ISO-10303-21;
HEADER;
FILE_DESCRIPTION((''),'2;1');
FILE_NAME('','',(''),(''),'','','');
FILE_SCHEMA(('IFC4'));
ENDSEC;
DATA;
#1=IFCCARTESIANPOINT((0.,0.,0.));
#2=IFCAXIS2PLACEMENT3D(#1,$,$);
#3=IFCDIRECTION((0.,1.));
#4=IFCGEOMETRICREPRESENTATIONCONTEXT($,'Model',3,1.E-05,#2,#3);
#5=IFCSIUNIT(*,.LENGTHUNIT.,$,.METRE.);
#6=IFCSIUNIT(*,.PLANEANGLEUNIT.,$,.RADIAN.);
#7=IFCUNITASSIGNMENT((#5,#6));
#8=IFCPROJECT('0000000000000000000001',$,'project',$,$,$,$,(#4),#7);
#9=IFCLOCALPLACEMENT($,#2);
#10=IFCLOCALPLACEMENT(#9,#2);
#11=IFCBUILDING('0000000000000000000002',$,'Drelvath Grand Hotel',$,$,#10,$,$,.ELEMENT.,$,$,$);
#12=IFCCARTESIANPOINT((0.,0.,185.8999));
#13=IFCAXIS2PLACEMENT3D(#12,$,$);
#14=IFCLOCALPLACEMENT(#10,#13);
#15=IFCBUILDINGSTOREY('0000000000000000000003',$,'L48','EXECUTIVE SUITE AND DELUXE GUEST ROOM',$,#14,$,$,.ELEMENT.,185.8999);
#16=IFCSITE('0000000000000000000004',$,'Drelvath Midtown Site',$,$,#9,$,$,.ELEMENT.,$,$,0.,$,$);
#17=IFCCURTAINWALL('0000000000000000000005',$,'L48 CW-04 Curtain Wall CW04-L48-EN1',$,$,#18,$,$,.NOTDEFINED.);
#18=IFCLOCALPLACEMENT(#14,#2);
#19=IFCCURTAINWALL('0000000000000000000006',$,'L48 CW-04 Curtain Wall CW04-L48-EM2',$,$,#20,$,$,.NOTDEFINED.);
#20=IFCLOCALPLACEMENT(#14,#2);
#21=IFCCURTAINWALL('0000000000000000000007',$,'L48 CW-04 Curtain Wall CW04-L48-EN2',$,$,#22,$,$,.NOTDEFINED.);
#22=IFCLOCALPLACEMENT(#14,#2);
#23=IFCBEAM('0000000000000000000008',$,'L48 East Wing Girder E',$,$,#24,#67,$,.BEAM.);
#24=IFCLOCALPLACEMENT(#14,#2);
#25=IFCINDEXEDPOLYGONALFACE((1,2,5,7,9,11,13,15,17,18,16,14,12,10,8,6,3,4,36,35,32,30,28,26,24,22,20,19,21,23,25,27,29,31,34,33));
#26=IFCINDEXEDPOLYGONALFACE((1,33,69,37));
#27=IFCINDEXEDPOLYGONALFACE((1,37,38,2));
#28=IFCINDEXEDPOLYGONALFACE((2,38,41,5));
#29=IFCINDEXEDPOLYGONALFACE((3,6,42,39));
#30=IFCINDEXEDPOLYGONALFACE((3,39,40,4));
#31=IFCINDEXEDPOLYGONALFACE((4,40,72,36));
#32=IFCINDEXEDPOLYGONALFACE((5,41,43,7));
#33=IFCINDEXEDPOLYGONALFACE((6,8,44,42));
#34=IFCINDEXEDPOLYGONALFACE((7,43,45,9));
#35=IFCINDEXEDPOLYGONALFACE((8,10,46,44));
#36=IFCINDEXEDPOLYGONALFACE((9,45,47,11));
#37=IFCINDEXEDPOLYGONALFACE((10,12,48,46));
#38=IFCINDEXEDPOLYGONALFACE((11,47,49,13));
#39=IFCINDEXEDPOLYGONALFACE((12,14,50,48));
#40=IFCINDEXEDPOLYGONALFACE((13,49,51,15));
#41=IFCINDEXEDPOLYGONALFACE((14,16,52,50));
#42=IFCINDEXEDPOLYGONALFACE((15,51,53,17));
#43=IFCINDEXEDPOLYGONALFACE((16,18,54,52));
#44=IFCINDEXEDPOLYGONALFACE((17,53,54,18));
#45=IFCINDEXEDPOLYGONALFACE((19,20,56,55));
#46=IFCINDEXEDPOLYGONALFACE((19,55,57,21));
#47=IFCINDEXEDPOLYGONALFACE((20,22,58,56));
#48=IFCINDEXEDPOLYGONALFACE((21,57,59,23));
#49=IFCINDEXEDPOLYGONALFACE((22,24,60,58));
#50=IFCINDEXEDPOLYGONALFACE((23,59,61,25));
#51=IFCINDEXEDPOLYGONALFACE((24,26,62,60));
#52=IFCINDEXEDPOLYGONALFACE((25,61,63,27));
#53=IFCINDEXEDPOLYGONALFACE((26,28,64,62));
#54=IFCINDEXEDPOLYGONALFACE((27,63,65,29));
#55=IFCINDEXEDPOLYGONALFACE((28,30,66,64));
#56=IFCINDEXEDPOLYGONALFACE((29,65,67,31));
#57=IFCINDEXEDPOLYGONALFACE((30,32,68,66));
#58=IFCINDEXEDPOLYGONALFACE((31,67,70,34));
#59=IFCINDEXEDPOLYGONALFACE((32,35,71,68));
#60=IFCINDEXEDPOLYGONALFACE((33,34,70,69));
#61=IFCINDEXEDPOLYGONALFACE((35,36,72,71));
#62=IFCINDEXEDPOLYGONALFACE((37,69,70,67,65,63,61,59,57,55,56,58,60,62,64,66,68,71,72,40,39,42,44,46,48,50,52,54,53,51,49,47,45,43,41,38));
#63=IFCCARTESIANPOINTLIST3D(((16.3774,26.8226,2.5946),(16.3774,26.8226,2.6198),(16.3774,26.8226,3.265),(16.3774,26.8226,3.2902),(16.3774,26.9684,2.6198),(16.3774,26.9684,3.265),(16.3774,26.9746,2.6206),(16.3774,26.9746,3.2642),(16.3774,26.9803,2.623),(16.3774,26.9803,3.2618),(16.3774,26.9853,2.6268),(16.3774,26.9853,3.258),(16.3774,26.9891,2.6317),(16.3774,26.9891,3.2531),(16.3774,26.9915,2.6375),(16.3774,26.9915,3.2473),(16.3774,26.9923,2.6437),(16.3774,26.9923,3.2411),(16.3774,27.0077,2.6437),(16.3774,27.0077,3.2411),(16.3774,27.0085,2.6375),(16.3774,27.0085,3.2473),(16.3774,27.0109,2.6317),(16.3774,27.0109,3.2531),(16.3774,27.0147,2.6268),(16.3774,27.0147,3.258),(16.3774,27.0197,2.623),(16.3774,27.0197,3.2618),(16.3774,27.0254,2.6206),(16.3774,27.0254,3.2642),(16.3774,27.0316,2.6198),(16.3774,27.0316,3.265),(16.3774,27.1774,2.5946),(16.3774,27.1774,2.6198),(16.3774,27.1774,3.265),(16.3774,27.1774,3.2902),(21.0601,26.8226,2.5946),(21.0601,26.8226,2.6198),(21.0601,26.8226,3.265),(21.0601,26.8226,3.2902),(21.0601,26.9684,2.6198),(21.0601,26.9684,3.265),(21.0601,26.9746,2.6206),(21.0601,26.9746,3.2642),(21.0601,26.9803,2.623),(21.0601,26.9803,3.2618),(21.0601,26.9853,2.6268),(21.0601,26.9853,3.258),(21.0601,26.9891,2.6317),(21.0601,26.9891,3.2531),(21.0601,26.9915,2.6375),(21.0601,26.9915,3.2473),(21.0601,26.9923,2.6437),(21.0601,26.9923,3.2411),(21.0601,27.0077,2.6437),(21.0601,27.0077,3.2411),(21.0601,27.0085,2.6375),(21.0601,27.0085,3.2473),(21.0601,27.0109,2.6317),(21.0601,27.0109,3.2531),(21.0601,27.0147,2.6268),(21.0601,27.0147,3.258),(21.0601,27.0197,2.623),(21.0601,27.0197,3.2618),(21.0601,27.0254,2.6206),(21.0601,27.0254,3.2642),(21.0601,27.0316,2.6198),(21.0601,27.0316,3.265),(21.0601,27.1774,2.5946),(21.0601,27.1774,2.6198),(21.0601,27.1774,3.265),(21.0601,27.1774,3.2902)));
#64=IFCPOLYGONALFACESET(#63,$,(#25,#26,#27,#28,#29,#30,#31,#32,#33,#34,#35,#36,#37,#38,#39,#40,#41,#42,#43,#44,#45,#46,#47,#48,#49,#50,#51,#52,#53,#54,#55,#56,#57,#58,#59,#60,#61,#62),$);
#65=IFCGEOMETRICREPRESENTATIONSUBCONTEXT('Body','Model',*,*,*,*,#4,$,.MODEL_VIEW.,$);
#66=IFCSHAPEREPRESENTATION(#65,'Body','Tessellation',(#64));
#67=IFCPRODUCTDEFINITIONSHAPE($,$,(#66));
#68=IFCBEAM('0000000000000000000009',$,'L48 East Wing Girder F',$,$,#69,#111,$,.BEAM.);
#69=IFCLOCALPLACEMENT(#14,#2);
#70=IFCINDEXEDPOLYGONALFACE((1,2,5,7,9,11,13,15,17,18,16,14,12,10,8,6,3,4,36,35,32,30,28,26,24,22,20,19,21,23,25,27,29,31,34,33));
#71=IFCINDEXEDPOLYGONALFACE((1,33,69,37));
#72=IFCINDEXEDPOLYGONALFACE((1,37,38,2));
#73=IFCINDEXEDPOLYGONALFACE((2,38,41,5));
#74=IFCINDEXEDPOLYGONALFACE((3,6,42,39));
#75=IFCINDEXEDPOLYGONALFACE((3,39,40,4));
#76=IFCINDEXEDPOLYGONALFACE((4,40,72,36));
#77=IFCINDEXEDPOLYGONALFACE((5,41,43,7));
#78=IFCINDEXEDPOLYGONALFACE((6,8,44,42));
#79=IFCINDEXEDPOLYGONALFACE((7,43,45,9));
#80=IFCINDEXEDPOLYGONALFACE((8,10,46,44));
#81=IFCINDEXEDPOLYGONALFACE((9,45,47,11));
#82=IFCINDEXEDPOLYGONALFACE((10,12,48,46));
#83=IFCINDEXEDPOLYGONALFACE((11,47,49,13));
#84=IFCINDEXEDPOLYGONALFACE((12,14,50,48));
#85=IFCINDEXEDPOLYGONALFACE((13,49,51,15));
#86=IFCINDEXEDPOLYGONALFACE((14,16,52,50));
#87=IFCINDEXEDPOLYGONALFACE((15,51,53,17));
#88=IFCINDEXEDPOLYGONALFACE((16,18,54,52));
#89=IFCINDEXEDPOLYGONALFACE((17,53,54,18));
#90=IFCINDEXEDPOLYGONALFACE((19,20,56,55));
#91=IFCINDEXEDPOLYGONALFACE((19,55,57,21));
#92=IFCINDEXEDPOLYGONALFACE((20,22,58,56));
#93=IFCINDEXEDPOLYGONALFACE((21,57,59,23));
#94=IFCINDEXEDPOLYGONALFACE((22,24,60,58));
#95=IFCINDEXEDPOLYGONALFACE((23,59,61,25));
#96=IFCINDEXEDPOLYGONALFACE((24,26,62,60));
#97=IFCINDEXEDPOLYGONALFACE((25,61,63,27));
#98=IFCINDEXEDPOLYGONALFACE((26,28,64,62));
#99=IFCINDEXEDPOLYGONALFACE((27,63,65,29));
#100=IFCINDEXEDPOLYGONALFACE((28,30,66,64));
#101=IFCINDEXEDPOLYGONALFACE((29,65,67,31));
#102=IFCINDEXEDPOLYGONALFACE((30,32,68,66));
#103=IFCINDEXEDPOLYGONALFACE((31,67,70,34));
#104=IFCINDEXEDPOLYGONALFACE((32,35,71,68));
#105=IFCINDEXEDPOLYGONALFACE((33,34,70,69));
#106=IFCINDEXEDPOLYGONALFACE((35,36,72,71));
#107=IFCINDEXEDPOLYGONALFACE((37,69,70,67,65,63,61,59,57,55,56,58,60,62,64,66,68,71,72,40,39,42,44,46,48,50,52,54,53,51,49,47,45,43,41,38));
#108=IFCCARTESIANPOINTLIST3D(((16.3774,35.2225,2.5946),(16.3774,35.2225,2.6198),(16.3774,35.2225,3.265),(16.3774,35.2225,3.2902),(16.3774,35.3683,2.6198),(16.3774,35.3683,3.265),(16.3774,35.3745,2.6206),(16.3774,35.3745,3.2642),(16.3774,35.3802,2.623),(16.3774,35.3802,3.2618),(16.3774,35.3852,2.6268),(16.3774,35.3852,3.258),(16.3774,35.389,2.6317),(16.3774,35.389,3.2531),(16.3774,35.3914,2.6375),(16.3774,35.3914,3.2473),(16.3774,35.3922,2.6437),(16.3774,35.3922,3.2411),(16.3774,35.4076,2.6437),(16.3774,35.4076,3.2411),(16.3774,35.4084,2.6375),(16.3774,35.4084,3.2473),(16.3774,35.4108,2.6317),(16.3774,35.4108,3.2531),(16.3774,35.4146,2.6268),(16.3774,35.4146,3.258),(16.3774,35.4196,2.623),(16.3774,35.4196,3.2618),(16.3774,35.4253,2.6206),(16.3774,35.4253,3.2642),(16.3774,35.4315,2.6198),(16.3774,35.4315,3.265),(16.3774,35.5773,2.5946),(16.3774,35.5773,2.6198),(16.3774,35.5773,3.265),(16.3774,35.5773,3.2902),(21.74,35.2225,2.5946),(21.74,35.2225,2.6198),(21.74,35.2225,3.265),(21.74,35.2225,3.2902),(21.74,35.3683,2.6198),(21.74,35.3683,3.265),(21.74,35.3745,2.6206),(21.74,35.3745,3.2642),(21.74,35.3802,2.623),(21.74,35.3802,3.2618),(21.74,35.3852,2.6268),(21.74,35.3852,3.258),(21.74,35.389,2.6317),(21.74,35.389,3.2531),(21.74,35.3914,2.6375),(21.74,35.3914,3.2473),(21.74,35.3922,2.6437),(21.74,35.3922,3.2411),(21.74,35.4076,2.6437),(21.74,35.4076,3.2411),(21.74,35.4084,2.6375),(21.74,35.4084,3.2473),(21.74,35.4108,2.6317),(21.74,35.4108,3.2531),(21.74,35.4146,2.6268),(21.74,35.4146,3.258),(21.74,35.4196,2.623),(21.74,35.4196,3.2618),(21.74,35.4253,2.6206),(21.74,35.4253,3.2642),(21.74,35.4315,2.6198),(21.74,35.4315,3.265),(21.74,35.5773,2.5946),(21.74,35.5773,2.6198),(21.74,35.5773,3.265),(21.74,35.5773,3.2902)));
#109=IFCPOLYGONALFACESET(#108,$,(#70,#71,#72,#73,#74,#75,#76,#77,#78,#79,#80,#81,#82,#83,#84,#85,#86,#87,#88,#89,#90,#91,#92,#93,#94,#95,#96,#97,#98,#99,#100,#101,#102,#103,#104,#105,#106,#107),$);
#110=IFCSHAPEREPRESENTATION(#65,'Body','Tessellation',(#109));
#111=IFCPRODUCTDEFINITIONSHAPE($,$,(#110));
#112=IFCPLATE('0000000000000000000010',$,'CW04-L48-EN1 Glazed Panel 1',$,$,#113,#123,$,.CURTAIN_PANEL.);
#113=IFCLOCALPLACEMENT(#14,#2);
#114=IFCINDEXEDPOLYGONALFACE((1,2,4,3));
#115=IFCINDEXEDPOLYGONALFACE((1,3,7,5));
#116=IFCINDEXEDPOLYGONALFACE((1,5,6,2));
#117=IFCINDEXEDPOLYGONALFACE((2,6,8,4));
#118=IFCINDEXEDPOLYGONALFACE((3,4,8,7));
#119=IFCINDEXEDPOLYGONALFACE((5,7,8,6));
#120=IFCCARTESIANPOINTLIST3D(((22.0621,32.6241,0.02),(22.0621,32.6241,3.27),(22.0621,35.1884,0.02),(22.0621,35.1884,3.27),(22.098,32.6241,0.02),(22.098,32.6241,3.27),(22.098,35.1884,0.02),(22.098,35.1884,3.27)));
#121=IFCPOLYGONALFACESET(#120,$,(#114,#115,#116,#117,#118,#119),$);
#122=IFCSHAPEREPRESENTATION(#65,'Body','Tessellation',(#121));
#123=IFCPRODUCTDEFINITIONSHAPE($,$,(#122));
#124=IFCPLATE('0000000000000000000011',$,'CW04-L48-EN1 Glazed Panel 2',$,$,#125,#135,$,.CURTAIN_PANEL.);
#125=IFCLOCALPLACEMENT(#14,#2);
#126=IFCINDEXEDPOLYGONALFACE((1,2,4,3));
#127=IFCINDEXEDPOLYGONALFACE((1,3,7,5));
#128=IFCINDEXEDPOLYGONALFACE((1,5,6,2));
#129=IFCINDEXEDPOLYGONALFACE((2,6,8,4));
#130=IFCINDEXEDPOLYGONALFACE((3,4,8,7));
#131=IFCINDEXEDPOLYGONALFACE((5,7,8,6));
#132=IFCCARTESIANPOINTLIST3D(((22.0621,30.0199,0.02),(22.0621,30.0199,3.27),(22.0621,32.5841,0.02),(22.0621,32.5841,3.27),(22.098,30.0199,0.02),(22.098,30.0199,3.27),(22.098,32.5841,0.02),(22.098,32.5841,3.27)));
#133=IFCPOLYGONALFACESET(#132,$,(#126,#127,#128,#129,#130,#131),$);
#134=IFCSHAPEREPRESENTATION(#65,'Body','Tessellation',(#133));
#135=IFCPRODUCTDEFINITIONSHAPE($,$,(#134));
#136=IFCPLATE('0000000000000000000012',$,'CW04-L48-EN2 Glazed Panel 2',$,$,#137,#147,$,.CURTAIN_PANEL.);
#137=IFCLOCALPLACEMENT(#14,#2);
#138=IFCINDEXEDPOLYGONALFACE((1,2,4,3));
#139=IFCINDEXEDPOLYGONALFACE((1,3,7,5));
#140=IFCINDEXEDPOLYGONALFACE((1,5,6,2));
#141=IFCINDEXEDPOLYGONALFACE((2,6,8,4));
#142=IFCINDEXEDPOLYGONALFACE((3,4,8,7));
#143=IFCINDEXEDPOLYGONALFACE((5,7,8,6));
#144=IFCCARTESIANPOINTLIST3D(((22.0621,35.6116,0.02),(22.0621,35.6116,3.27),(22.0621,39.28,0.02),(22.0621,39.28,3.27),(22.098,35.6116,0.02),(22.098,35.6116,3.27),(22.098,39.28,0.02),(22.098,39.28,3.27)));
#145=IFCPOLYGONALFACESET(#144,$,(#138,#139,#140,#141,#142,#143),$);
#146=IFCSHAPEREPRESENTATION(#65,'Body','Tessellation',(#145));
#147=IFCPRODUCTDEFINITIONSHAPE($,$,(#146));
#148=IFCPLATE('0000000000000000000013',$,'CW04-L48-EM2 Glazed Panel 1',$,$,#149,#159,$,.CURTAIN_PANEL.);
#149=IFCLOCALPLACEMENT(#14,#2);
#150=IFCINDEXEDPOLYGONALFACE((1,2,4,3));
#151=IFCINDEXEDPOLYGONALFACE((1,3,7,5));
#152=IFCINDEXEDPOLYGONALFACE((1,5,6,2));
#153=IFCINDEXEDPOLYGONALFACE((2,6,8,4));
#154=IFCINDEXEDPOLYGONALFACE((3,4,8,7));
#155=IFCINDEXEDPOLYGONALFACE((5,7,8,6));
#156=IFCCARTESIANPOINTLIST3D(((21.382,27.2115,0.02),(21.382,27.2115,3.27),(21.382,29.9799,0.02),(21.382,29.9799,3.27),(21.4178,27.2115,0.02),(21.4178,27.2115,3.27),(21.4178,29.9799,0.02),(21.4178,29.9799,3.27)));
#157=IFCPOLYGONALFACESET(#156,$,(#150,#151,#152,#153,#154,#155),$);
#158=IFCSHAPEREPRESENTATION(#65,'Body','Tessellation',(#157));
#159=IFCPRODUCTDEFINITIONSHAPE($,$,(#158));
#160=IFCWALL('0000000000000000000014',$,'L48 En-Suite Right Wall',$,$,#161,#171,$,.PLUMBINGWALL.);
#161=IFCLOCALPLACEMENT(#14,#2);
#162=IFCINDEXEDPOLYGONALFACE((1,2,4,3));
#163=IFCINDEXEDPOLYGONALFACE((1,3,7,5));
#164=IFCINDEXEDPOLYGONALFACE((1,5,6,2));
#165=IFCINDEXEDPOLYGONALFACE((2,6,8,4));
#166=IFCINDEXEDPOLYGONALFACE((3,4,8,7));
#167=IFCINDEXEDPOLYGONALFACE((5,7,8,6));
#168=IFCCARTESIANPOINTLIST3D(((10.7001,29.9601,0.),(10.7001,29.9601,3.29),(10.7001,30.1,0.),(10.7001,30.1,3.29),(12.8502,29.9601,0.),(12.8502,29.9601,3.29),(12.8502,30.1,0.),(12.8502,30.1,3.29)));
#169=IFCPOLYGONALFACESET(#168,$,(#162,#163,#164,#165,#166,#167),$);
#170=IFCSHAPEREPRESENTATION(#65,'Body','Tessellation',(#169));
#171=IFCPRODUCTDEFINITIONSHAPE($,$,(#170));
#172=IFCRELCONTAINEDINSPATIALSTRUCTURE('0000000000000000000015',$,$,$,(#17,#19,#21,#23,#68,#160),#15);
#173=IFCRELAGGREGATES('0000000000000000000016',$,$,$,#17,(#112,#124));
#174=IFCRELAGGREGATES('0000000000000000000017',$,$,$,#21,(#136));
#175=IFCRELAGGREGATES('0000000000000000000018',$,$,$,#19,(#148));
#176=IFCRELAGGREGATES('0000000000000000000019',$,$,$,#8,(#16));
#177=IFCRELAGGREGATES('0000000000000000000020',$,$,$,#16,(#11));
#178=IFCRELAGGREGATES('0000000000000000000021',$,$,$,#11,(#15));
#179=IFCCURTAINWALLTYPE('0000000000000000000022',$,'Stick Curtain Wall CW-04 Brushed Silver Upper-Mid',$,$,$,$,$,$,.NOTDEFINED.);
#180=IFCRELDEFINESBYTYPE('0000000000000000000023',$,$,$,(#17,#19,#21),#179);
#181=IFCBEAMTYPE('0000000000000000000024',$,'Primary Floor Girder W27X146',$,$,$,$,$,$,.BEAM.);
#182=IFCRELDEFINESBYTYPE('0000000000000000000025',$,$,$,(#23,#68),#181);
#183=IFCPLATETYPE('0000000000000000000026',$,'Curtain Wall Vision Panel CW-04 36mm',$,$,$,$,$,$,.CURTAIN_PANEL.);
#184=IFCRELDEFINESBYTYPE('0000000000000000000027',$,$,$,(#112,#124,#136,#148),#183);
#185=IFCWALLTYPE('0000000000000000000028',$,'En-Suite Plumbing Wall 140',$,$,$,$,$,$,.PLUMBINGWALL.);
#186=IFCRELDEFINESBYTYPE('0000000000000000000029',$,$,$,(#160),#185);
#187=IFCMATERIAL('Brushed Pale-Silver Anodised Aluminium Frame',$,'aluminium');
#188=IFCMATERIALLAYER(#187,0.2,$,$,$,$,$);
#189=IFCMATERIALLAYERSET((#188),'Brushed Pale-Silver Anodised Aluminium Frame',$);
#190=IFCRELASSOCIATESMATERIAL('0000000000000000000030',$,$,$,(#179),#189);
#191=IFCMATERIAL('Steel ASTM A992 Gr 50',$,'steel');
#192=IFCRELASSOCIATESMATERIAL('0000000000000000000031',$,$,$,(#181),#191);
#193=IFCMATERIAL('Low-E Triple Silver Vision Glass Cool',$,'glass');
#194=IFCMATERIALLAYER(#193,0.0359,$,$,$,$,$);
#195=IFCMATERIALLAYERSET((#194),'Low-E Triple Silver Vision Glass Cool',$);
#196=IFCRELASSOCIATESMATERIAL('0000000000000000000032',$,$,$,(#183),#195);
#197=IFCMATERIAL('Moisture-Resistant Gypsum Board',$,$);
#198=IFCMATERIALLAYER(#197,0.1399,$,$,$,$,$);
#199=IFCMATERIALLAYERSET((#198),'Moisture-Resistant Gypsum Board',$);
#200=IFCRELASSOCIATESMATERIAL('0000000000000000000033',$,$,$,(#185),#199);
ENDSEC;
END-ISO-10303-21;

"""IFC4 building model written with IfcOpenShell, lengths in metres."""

from ifc_helpers import new_model, si_unit, direction, frame, frame_2d, origin, origin_2d, place, context, subcontext, project, spatial, rectangle, i_section, extrude, material, layer, layer_set, material_profile, profile_set, type_object, element, aggregate, save


model = new_model("IFC4")

# Units and contexts
model_context = context("Model", 3, precision=1e-05, world=origin(), true_north=direction((0.0, 1.0)))
body_context = subcontext(model_context, "Body", "Model", "MODEL_VIEW")
ifc_project = project(units=[si_unit("LENGTHUNIT", "METRE"), si_unit("PLANEANGLEUNIT", "RADIAN")], contexts=[model_context])

# Site, building, storey
site_placement = place(None, origin())
site = spatial("IfcSite", under=ifc_project, at=site_placement, Name="Drelvath Midtown Site", CompositionType="ELEMENT", RefElevation=0.0)
building_placement = place(site_placement, origin())
building = spatial("IfcBuilding", under=site, at=building_placement, Name="Drelvath Grand Hotel", CompositionType="ELEMENT")
storey_placement = place(building_placement, frame((0.0, 0.0, 185.8999)))
storey = spatial("IfcBuildingStorey", under=building, at=storey_placement, Name="L48", Description="EXECUTIVE SUITE AND DELUXE GUEST ROOM", CompositionType="ELEMENT", Elevation=185.8999)

# Curtain walls
ifc_material_1 = material(Name="Brushed Pale-Silver Anodised Aluminium Frame", Category="aluminium")
ifc_layer_1 = layer(ifc_material_1, 0.2)
ifc_layer_set_1 = layer_set([ifc_layer_1], Name="Brushed Pale-Silver Anodised Aluminium Frame")
curtain_wall_type = type_object("IfcCurtainWallType", Name="Stick Curtain Wall CW-04 Brushed Silver Upper-Mid", PredefinedType="NOTDEFINED", material=ifc_layer_set_1)
curtain_wall_1_placement = place(storey_placement, origin())
curtain_wall_1 = element("IfcCurtainWall", 1, at=curtain_wall_1_placement, inside=storey, type_object=curtain_wall_type, Name="L48 CW-04 Curtain Wall CW04-L48-EN1", PredefinedType="NOTDEFINED")
curtain_wall_2_placement = place(storey_placement, origin())
curtain_wall_2 = element("IfcCurtainWall", 2, at=curtain_wall_2_placement, inside=storey, type_object=curtain_wall_type, Name="L48 CW-04 Curtain Wall CW04-L48-EM2", PredefinedType="NOTDEFINED")

# Curtain wall
curtain_wall_3_placement = place(storey_placement, origin())
curtain_wall_3 = element("IfcCurtainWall", 3, at=curtain_wall_3_placement, inside=storey, type_object=curtain_wall_type, Name="L48 CW-04 Curtain Wall CW04-L48-EN2", PredefinedType="NOTDEFINED")

# Beams
ifc_material_2 = material(Name="Steel ASTM A992 Gr 50", Category="steel")
ifc_material_profile_1 = material_profile(ifc_material_2, i_section(OverallWidth=0.3547, OverallDepth=0.6956, WebThickness=0.0154, FlangeThickness=0.0251, FilletRadius=0.0239, at=origin_2d()), Name="W27X146")
ifc_profile_set_1 = profile_set([ifc_material_profile_1], Name="Steel ASTM A992 Gr 50")
beam_type_1 = type_object("IfcBeamType", Name="Primary Floor Girder W27X146", PredefinedType="BEAM", material=ifc_profile_set_1)
beam_1_placement = place(storey_placement, frame((16.3774, 27.0, 2.9424), z_axis=(1.0, 0.0, 0.0), x_axis=(0.0, 1.0, 0.0)))
element("IfcBeam", 4, at=beam_1_placement, inside=storey, type_object=beam_type_1, Name="L48 East Wing Girder E", PredefinedType="BEAM", context=body_context, shape_type="SweptSolid", body=[
    extrude(i_section(OverallWidth=0.3547, OverallDepth=0.6956, WebThickness=0.0154, FlangeThickness=0.0251, FilletRadius=0.0239, at=origin_2d()), origin(), (0.0, 0.0, 1.0), 4.6826),
])
beam_2_placement = place(storey_placement, frame((16.3774, 35.3999, 2.9424), z_axis=(1.0, 0.0, 0.0), x_axis=(0.0, 1.0, 0.0)))
element("IfcBeam", 5, at=beam_2_placement, inside=storey, type_object=beam_type_1, Name="L48 East Wing Girder F", PredefinedType="BEAM", context=body_context, shape_type="SweptSolid", body=[
    extrude(i_section(OverallWidth=0.3547, OverallDepth=0.6956, WebThickness=0.0154, FlangeThickness=0.0251, FilletRadius=0.0239, at=origin_2d()), origin(), (0.0, 0.0, 1.0), 5.3625),
])

# Plates
ifc_material_3 = material(Name="Low-E Triple Silver Vision Glass Cool", Category="glass")
ifc_layer_2 = layer(ifc_material_3, 0.0359)
ifc_layer_set_2 = layer_set([ifc_layer_2], Name="Low-E Triple Silver Vision Glass Cool")
plate_type = type_object("IfcPlateType", Name="Curtain Wall Vision Panel CW-04 36mm", PredefinedType="CURTAIN_PANEL", material=ifc_layer_set_2)
plate_1_placement = place(storey_placement, frame((22.0801, 33.9062, 0.02), z_axis=(0.0, 0.0, 1.0), x_axis=(0.0, -1.0, 0.0)))
plate_1 = element("IfcPlate", 6, at=plate_1_placement, type_object=plate_type, Name="CW04-L48-EN1 Glazed Panel 1", PredefinedType="CURTAIN_PANEL", context=body_context, shape_type="SweptSolid", body=[
    extrude(rectangle(XDim=2.5642, YDim=0.0359, at=origin_2d()), origin(), (0.0, 0.0, 1.0), 3.25),
])
plate_2_placement = place(storey_placement, frame((22.0801, 31.302, 0.02), z_axis=(0.0, 0.0, 1.0), x_axis=(0.0, -1.0, 0.0)))
plate_2 = element("IfcPlate", 7, at=plate_2_placement, type_object=plate_type, Name="CW04-L48-EN1 Glazed Panel 2", PredefinedType="CURTAIN_PANEL", context=body_context, shape_type="SweptSolid", body=[
    extrude(rectangle(XDim=2.5642, YDim=0.0359, at=origin_2d()), origin(), (0.0, 0.0, 1.0), 3.25),
])
aggregate(curtain_wall_1, [plate_1, plate_2])
plate_3_placement = place(storey_placement, frame((22.0801, 37.4458, 0.02), z_axis=(0.0, 0.0, 1.0), x_axis=(0.0, -1.0, 0.0)))
plate_3 = element("IfcPlate", 8, at=plate_3_placement, type_object=plate_type, Name="CW04-L48-EN2 Glazed Panel 2", PredefinedType="CURTAIN_PANEL", context=body_context, shape_type="SweptSolid", body=[
    extrude(rectangle(XDim=3.6685, YDim=0.0359, at=origin_2d()), origin(), (0.0, 0.0, 1.0), 3.25),
])
aggregate(curtain_wall_3, [plate_3])
plate_4_placement = place(storey_placement, frame((21.3999, 28.5957, 0.02), z_axis=(0.0, 0.0, 1.0), x_axis=(0.0, -1.0, 0.0)))
plate_4 = element("IfcPlate", 9, at=plate_4_placement, type_object=plate_type, Name="CW04-L48-EM2 Glazed Panel 1", PredefinedType="CURTAIN_PANEL", context=body_context, shape_type="SweptSolid", body=[
    extrude(rectangle(XDim=2.7683, YDim=0.0359, at=origin_2d()), origin(), (0.0, 0.0, 1.0), 3.25),
])
aggregate(curtain_wall_2, [plate_4])

# Wall
ifc_material_4 = material(Name="Moisture-Resistant Gypsum Board")
ifc_layer_3 = layer(ifc_material_4, 0.1399)
ifc_layer_set_3 = layer_set([ifc_layer_3], Name="Moisture-Resistant Gypsum Board")
wall_type_1 = type_object("IfcWallType", Name="En-Suite Plumbing Wall 140", PredefinedType="PLUMBINGWALL", material=ifc_layer_set_3)
wall_1_placement = place(storey_placement, frame((10.7, 30.03, 0.0), z_axis=(0.0, 0.0, 1.0), x_axis=(1.0, 0.0, 0.0)))
element("IfcWall", 10, at=wall_1_placement, inside=storey, type_object=wall_type_1, Name="L48 En-Suite Right Wall", PredefinedType="PLUMBINGWALL", context=body_context, shape_type="SweptSolid", body=[
    extrude(rectangle(XDim=2.1501, YDim=0.1399, at=frame_2d((1.0752, 0.0))), origin(), (0.0, 0.0, 1.0), 3.29),
])

save(model, "model.ifc")
